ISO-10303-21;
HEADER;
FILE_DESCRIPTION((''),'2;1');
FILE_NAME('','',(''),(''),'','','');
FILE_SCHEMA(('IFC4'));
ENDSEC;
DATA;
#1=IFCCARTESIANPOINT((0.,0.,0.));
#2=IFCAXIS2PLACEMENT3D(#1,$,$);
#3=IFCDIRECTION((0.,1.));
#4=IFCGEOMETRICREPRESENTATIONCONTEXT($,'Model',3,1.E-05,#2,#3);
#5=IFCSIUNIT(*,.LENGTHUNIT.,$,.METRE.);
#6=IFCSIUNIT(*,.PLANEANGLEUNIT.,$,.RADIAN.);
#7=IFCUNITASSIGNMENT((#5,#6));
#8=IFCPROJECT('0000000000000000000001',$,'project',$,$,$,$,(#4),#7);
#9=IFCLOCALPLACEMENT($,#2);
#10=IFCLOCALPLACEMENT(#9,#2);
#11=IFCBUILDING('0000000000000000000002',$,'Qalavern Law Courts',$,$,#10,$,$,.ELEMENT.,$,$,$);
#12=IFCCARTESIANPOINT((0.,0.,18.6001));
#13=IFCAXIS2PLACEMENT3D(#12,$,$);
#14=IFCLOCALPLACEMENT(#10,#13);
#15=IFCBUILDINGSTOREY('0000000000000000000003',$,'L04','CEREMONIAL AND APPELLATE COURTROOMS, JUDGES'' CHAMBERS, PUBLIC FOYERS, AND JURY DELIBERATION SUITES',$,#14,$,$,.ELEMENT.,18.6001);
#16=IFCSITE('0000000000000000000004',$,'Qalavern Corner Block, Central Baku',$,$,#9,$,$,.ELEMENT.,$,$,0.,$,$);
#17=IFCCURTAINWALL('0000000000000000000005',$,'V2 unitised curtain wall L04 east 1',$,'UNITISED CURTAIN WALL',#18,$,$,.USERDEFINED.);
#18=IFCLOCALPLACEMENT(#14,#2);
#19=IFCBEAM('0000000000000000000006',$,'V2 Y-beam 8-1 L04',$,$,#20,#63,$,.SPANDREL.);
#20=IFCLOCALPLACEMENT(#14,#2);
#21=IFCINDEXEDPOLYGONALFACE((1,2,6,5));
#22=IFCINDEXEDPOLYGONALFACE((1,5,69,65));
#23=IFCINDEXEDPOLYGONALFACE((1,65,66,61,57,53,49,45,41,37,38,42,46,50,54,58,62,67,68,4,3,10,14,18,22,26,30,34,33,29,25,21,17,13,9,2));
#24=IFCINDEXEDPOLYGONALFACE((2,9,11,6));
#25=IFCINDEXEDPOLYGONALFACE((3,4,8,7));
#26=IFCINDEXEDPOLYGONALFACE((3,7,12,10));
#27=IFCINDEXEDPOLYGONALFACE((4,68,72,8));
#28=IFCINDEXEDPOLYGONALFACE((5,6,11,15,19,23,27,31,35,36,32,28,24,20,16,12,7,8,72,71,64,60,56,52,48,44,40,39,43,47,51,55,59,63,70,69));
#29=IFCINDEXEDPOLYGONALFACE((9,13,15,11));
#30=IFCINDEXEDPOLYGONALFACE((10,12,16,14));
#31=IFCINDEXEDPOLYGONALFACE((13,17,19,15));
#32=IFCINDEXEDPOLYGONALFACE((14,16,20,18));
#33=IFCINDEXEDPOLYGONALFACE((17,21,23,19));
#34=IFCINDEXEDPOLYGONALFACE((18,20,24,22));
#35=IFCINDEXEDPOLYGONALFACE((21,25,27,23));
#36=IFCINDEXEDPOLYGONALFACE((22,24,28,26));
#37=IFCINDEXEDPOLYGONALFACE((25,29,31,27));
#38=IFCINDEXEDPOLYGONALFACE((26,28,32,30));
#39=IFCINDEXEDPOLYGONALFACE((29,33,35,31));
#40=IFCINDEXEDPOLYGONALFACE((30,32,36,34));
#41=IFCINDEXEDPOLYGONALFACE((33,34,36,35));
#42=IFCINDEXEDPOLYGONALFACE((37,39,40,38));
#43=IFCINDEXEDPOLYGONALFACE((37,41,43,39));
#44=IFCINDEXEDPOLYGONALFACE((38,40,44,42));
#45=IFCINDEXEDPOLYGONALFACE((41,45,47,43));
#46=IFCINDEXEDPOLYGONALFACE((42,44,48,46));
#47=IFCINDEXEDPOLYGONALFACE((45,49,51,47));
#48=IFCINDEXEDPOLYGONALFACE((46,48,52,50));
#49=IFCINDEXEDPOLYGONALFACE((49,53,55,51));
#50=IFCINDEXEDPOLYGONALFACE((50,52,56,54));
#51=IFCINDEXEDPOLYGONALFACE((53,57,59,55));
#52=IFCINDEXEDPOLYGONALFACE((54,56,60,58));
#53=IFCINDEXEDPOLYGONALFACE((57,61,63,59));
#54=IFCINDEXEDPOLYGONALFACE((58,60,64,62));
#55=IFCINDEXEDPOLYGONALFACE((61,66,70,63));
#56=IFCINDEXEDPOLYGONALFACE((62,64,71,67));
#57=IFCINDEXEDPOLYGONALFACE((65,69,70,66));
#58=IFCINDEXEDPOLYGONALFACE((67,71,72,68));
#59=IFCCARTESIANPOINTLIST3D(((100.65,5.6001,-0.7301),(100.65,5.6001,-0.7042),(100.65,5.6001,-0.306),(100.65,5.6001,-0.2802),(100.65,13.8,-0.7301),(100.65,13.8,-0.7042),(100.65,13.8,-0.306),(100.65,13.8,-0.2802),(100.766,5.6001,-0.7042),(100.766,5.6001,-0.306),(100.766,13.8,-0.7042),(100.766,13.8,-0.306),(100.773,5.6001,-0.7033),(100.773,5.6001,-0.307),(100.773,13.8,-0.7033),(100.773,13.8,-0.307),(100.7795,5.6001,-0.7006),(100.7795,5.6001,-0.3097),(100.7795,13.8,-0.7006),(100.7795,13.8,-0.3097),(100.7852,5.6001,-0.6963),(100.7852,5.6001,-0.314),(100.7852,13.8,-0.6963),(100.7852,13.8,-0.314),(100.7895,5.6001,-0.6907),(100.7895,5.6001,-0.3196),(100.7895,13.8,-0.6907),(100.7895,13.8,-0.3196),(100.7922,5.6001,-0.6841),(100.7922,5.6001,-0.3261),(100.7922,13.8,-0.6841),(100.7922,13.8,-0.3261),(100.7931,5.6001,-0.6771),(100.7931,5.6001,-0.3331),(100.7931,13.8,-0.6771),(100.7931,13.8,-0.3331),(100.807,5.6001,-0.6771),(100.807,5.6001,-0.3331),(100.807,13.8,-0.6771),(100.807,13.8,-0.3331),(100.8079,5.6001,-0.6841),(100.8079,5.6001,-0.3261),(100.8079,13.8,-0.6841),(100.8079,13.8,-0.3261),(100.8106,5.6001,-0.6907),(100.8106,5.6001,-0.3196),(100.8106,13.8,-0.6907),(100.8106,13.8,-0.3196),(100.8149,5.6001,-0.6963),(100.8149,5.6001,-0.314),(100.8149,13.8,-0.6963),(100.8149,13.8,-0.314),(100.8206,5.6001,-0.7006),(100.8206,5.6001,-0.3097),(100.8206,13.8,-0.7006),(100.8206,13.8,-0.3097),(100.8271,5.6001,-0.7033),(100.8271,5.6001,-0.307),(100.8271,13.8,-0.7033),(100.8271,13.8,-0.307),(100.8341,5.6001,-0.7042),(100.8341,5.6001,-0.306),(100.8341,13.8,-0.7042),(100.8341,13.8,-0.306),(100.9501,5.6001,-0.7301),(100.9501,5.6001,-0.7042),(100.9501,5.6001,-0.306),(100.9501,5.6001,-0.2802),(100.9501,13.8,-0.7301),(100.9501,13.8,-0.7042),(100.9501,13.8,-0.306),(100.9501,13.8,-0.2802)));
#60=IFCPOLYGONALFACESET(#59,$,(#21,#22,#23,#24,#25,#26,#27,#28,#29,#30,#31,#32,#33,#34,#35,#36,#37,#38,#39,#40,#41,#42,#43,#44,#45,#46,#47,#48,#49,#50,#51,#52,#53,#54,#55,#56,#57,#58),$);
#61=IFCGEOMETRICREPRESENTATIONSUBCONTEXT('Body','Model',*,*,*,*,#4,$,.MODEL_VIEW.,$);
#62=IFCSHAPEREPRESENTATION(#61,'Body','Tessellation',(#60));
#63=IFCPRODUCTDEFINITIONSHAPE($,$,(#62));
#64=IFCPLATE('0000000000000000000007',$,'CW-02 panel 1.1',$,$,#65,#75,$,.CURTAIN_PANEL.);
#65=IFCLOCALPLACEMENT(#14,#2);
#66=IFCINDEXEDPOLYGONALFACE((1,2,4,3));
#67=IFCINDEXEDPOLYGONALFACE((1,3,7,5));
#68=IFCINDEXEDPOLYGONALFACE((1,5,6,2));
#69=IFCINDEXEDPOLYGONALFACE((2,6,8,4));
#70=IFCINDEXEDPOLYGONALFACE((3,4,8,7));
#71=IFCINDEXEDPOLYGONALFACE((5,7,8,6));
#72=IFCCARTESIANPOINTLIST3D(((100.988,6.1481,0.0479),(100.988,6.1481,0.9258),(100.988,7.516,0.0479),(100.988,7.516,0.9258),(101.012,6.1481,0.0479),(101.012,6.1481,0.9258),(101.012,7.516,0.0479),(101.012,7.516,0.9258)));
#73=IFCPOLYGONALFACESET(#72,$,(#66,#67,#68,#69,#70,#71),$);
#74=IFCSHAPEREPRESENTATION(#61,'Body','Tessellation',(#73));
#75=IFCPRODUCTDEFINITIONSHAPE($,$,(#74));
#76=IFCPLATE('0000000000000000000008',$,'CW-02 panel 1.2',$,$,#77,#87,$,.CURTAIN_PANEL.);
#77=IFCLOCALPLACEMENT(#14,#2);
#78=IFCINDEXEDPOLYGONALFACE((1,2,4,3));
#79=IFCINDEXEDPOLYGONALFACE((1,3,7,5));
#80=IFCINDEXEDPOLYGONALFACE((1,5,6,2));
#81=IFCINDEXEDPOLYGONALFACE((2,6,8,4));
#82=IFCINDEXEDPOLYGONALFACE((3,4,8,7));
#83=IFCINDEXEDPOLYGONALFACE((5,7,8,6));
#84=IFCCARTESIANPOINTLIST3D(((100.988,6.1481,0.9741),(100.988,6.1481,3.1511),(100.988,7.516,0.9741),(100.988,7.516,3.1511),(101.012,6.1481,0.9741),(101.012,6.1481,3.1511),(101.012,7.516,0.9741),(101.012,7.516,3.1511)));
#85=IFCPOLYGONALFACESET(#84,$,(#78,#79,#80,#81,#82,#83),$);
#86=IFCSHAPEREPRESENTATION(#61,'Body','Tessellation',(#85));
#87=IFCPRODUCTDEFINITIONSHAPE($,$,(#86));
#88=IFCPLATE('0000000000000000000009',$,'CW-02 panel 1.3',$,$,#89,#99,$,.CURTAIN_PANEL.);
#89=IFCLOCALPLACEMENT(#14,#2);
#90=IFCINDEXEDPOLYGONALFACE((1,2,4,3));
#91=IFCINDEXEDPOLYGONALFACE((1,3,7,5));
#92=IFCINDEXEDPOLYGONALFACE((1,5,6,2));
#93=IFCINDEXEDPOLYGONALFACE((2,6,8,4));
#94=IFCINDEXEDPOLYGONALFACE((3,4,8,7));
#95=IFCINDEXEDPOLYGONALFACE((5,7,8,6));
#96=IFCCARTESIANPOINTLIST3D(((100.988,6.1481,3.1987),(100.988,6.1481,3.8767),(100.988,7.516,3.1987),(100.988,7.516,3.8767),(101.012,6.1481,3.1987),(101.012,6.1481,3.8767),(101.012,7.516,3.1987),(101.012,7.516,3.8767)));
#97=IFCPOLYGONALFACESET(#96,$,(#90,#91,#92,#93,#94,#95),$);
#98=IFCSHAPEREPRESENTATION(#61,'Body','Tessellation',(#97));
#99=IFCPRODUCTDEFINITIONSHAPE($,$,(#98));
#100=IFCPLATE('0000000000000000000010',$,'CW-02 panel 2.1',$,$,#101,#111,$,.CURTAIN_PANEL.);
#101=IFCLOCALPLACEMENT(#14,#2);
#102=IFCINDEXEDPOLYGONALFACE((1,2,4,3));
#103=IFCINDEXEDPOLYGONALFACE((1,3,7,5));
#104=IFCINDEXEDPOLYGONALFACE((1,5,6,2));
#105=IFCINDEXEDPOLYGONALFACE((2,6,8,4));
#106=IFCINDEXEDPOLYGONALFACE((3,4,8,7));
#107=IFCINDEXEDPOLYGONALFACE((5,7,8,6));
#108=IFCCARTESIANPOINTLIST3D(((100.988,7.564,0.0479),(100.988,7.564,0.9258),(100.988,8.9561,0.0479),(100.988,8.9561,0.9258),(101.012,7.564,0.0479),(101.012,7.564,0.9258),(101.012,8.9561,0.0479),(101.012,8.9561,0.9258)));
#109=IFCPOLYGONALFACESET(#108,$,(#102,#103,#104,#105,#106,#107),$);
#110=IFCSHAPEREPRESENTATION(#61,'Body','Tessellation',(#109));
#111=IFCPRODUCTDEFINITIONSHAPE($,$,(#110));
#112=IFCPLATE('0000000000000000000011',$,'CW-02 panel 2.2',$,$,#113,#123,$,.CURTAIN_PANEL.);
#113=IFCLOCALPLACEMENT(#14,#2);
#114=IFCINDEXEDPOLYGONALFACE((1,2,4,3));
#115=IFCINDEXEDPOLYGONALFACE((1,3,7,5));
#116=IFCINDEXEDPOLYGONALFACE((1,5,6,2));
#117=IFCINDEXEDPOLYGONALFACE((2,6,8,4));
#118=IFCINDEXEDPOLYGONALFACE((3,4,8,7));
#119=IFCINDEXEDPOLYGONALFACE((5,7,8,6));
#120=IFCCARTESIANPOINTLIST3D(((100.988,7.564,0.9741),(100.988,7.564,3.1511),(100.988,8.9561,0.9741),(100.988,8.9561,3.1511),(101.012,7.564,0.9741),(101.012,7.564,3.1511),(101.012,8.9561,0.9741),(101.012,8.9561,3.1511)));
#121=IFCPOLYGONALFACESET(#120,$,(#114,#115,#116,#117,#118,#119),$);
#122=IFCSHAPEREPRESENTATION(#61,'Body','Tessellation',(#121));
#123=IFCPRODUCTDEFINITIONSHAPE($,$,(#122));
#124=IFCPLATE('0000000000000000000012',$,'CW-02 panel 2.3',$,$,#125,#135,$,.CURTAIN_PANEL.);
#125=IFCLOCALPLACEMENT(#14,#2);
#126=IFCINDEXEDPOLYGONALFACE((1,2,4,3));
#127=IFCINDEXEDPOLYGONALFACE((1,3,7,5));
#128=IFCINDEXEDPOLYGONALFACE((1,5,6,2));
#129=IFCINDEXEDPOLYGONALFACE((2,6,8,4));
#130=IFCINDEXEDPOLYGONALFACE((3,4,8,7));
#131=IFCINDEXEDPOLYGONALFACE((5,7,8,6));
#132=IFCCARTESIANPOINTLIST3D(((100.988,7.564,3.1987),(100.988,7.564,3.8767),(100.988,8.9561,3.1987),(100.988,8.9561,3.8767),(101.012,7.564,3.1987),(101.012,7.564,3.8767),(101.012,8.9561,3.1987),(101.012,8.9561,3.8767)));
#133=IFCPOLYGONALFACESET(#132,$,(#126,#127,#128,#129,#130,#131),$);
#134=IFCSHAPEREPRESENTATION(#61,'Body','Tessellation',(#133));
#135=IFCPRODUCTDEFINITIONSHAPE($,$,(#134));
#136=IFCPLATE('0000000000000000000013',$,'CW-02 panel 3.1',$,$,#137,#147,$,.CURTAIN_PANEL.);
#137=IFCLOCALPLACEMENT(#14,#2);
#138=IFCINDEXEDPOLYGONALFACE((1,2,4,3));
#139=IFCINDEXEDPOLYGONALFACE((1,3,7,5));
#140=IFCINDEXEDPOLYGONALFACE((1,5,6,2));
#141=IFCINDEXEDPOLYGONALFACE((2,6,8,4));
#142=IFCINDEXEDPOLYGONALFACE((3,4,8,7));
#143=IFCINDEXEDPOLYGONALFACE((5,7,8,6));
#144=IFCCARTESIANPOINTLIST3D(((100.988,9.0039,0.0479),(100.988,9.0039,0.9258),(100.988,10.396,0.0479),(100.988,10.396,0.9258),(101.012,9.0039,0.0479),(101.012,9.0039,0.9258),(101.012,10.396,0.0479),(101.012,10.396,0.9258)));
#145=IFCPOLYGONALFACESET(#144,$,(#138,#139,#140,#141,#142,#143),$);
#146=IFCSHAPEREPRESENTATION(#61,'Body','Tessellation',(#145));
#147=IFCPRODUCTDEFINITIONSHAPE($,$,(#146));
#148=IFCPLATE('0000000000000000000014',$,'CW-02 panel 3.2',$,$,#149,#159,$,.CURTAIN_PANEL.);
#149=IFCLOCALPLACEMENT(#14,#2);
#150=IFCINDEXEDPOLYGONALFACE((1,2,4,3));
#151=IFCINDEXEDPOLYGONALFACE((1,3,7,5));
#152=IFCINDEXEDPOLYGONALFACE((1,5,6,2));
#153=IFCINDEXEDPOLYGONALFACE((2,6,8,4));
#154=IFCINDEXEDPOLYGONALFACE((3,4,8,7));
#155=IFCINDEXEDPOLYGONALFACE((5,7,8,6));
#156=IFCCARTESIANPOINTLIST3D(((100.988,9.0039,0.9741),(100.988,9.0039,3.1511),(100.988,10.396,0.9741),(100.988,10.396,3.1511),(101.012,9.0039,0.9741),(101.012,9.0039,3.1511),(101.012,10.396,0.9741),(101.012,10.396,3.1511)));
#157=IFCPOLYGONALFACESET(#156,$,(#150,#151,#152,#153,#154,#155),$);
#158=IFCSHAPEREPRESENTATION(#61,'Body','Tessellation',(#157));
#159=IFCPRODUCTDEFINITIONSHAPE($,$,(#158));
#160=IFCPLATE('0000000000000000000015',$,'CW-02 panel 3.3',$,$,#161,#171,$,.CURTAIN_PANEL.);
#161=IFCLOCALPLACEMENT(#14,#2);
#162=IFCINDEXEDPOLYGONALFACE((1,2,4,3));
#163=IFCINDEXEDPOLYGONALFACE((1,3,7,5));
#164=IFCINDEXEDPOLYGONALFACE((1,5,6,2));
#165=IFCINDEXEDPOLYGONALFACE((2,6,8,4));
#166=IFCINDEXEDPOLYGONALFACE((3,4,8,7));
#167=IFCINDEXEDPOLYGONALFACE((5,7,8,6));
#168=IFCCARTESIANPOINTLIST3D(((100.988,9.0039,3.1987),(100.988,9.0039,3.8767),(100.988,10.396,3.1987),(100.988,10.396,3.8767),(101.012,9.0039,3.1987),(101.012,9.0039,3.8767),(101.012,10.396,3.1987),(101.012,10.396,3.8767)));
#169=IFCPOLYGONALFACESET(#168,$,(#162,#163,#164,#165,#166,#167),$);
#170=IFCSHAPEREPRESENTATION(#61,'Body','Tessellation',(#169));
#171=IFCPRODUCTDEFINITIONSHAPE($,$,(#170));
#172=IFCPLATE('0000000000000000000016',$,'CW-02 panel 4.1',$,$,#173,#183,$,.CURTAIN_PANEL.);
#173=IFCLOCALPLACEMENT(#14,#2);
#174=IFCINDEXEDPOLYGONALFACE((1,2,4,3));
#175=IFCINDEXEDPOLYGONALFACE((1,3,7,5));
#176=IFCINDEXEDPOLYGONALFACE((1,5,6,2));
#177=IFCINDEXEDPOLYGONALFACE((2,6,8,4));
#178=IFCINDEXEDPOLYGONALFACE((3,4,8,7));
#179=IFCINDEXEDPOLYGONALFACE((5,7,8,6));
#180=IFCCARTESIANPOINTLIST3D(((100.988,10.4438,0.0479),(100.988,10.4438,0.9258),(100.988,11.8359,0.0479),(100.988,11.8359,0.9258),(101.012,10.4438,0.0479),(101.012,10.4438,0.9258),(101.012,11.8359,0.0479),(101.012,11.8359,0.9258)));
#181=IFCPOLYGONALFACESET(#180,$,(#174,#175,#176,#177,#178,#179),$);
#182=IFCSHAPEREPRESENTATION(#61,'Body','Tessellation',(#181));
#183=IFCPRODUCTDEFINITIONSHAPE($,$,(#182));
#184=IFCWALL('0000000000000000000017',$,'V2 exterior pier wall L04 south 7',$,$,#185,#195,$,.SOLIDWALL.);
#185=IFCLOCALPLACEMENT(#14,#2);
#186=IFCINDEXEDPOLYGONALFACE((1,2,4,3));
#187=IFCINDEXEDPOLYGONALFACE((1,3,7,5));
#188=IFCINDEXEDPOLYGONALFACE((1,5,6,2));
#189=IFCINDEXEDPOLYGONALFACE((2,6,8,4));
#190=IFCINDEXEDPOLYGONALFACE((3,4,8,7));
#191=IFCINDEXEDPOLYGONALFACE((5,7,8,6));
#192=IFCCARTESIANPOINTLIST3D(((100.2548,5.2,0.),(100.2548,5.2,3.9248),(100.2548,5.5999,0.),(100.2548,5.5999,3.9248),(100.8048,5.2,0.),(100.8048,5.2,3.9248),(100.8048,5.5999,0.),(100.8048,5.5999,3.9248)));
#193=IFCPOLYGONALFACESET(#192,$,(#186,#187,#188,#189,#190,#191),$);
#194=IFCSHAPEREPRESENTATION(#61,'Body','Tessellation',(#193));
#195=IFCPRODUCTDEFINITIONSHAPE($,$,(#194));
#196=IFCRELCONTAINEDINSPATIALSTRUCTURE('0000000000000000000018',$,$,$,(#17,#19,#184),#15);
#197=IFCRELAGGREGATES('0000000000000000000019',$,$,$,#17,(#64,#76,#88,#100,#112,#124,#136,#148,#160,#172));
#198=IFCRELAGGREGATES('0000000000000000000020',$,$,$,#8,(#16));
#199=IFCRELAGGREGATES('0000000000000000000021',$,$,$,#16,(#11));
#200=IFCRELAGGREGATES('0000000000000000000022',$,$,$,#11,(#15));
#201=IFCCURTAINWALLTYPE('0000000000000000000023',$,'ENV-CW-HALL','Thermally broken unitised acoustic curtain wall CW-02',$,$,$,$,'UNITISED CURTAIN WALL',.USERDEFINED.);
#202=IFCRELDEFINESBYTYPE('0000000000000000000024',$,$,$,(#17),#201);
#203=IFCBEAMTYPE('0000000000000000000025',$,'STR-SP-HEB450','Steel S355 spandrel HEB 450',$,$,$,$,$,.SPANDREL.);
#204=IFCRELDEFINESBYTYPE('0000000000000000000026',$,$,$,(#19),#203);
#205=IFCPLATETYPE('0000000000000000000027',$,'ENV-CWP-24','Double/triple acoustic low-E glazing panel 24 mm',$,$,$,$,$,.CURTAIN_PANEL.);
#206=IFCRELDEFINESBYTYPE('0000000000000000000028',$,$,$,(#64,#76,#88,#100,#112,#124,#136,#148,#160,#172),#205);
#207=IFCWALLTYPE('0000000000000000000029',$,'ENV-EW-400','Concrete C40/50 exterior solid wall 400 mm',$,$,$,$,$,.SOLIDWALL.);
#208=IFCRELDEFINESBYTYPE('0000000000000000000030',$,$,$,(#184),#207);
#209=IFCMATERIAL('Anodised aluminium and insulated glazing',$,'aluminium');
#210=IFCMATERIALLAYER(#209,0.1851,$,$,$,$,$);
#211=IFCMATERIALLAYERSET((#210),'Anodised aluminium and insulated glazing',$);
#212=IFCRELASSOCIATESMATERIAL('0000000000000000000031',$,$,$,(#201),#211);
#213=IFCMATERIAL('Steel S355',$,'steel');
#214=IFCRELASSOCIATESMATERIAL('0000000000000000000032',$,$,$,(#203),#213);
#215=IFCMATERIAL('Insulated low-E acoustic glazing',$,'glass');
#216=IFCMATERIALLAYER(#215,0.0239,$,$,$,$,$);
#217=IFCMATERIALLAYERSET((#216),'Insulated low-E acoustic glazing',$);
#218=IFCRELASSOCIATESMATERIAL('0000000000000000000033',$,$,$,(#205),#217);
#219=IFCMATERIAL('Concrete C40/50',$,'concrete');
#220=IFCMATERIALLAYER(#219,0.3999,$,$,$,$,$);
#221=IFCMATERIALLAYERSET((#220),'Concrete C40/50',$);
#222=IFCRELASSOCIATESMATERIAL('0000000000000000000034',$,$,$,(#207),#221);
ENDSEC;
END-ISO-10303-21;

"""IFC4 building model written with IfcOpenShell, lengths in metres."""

from ifc_helpers import new_model, si_unit, direction, frame, frame_2d, origin, origin_2d, place, context, subcontext, project, spatial, rectangle, i_section, extrude, material, layer, layer_set, material_profile, profile_set, type_object, element, aggregate, save


model = new_model("IFC4")

# Units and contexts
model_context = context("Model", 3, precision=1e-05, world=origin(), true_north=direction((0.0, 1.0)))
body_context = subcontext(model_context, "Body", "Model", "MODEL_VIEW")
ifc_project = project(units=[si_unit("LENGTHUNIT", "METRE"), si_unit("PLANEANGLEUNIT", "RADIAN")], contexts=[model_context])

# Site, building, storey
site_placement = place(None, origin())
site = spatial("IfcSite", under=ifc_project, at=site_placement, Name="Qalavern Corner Block, Central Baku", CompositionType="ELEMENT", RefElevation=0.0)
building_placement = place(site_placement, origin())
building = spatial("IfcBuilding", under=site, at=building_placement, Name="Qalavern Law Courts", CompositionType="ELEMENT")
storey_placement = place(building_placement, frame((0.0, 0.0, 18.6001)))
storey = spatial("IfcBuildingStorey", under=building, at=storey_placement, Name="L04", Description="CEREMONIAL AND APPELLATE COURTROOMS, JUDGES' CHAMBERS, PUBLIC FOYERS, AND JURY DELIBERATION SUITES", CompositionType="ELEMENT", Elevation=18.6001)

# Curtain wall
ifc_material_1 = material(Name="Anodised aluminium and insulated glazing", Category="aluminium")
ifc_layer_1 = layer(ifc_material_1, 0.1851)
ifc_layer_set_1 = layer_set([ifc_layer_1], Name="Anodised aluminium and insulated glazing")
curtain_wall_type = type_object("IfcCurtainWallType", Name="ENV-CW-HALL", Description="Thermally broken unitised acoustic curtain wall CW-02", ElementType="UNITISED CURTAIN WALL", PredefinedType="USERDEFINED", material=ifc_layer_set_1)
curtain_wall_placement = place(storey_placement, origin())
curtain_wall = element("IfcCurtainWall", 1, at=curtain_wall_placement, inside=storey, type_object=curtain_wall_type, Name="V2 unitised curtain wall L04 east 1", ObjectType="UNITISED CURTAIN WALL", PredefinedType="USERDEFINED")

# Beam
ifc_material_2 = material(Name="Steel S355", Category="steel")
ifc_material_profile_1 = material_profile(ifc_material_2, i_section(OverallWidth=0.3, OverallDepth=0.45, WebThickness=0.0139, FlangeThickness=0.0259, FilletRadius=0.0271, at=origin_2d()), Name="HEB 450")
ifc_profile_set_1 = profile_set([ifc_material_profile_1], Name="Steel S355")
beam_type = type_object("IfcBeamType", Name="STR-SP-HEB450", Description="Steel S355 spandrel HEB 450", PredefinedType="SPANDREL", material=ifc_profile_set_1)
beam_placement = place(storey_placement, frame((100.8, 5.6001, -0.5051), z_axis=(0.0, 1.0, 0.0), x_axis=(-1.0, 0.0, 0.0)))
element("IfcBeam", 2, at=beam_placement, inside=storey, type_object=beam_type, Name="V2 Y-beam 8-1 L04", PredefinedType="SPANDREL", context=body_context, shape_type="SweptSolid", body=[
    extrude(i_section(OverallWidth=0.3, OverallDepth=0.45, WebThickness=0.0139, FlangeThickness=0.0259, FilletRadius=0.0271, at=origin_2d()), origin(), (0.0, 0.0, 1.0), 8.2),
])

# Plates
ifc_material_3 = material(Name="Insulated low-E acoustic glazing", Category="glass")
ifc_layer_2 = layer(ifc_material_3, 0.0239)
ifc_layer_set_2 = layer_set([ifc_layer_2], Name="Insulated low-E acoustic glazing")
plate_type = type_object("IfcPlateType", Name="ENV-CWP-24", Description="Double/triple acoustic low-E glazing panel 24 mm", PredefinedType="CURTAIN_PANEL", material=ifc_layer_set_2)
plate_1_placement = place(storey_placement, frame((101.0, 6.832, 0.0479), z_axis=(0.0, 0.0, 1.0), x_axis=(0.0, 1.0, 0.0)))
plate_1 = element("IfcPlate", 3, at=plate_1_placement, type_object=plate_type, Name="CW-02 panel 1.1", PredefinedType="CURTAIN_PANEL", context=body_context, shape_type="SweptSolid", body=[
    extrude(rectangle(XDim=1.3679, YDim=0.0239, at=origin_2d()), origin(), (0.0, 0.0, 1.0), 0.8779),
])
plate_2_placement = place(storey_placement, frame((101.0, 6.832, 0.9741), z_axis=(0.0, 0.0, 1.0), x_axis=(0.0, 1.0, 0.0)))
plate_2 = element("IfcPlate", 4, at=plate_2_placement, type_object=plate_type, Name="CW-02 panel 1.2", PredefinedType="CURTAIN_PANEL", context=body_context, shape_type="SweptSolid", body=[
    extrude(rectangle(XDim=1.3679, YDim=0.0239, at=origin_2d()), origin(), (0.0, 0.0, 1.0), 2.177),
])
plate_3_placement = place(storey_placement, frame((101.0, 6.832, 3.1987), z_axis=(0.0, 0.0, 1.0), x_axis=(0.0, 1.0, 0.0)))
plate_3 = element("IfcPlate", 5, at=plate_3_placement, type_object=plate_type, Name="CW-02 panel 1.3", PredefinedType="CURTAIN_PANEL", context=body_context, shape_type="SweptSolid", body=[
    extrude(rectangle(XDim=1.3679, YDim=0.0239, at=origin_2d()), origin(), (0.0, 0.0, 1.0), 0.678),
])
plate_4_placement = place(storey_placement, frame((101.0, 8.26, 0.0479), z_axis=(0.0, 0.0, 1.0), x_axis=(0.0, 1.0, 0.0)))
plate_4 = element("IfcPlate", 6, at=plate_4_placement, type_object=plate_type, Name="CW-02 panel 2.1", PredefinedType="CURTAIN_PANEL", context=body_context, shape_type="SweptSolid", body=[
    extrude(rectangle(XDim=1.3921, YDim=0.0239, at=origin_2d()), origin(), (0.0, 0.0, 1.0), 0.8779),
])
plate_5_placement = place(storey_placement, frame((101.0, 8.26, 0.9741), z_axis=(0.0, 0.0, 1.0), x_axis=(0.0, 1.0, 0.0)))
plate_5 = element("IfcPlate", 7, at=plate_5_placement, type_object=plate_type, Name="CW-02 panel 2.2", PredefinedType="CURTAIN_PANEL", context=body_context, shape_type="SweptSolid", body=[
    extrude(rectangle(XDim=1.3921, YDim=0.0239, at=origin_2d()), origin(), (0.0, 0.0, 1.0), 2.177),
])
plate_6_placement = place(storey_placement, frame((101.0, 8.26, 3.1987), z_axis=(0.0, 0.0, 1.0), x_axis=(0.0, 1.0, 0.0)))
plate_6 = element("IfcPlate", 8, at=plate_6_placement, type_object=plate_type, Name="CW-02 panel 2.3", PredefinedType="CURTAIN_PANEL", context=body_context, shape_type="SweptSolid", body=[
    extrude(rectangle(XDim=1.3921, YDim=0.0239, at=origin_2d()), origin(), (0.0, 0.0, 1.0), 0.678),
])
plate_7_placement = place(storey_placement, frame((101.0, 9.7, 0.0479), z_axis=(0.0, 0.0, 1.0), x_axis=(0.0, 1.0, 0.0)))
plate_7 = element("IfcPlate", 9, at=plate_7_placement, type_object=plate_type, Name="CW-02 panel 3.1", PredefinedType="CURTAIN_PANEL", context=body_context, shape_type="SweptSolid", body=[
    extrude(rectangle(XDim=1.3921, YDim=0.0239, at=origin_2d()), origin(), (0.0, 0.0, 1.0), 0.8779),
])
plate_8_placement = place(storey_placement, frame((101.0, 9.7, 0.9741), z_axis=(0.0, 0.0, 1.0), x_axis=(0.0, 1.0, 0.0)))
plate_8 = element("IfcPlate", 10, at=plate_8_placement, type_object=plate_type, Name="CW-02 panel 3.2", PredefinedType="CURTAIN_PANEL", context=body_context, shape_type="SweptSolid", body=[
    extrude(rectangle(XDim=1.3921, YDim=0.0239, at=origin_2d()), origin(), (0.0, 0.0, 1.0), 2.177),
])
plate_9_placement = place(storey_placement, frame((101.0, 9.7, 3.1987), z_axis=(0.0, 0.0, 1.0), x_axis=(0.0, 1.0, 0.0)))
plate_9 = element("IfcPlate", 11, at=plate_9_placement, type_object=plate_type, Name="CW-02 panel 3.3", PredefinedType="CURTAIN_PANEL", context=body_context, shape_type="SweptSolid", body=[
    extrude(rectangle(XDim=1.3921, YDim=0.0239, at=origin_2d()), origin(), (0.0, 0.0, 1.0), 0.678),
])
plate_10_placement = place(storey_placement, frame((101.0, 11.1399, 0.0479), z_axis=(0.0, 0.0, 1.0), x_axis=(0.0, 1.0, 0.0)))
plate_10 = element("IfcPlate", 12, at=plate_10_placement, type_object=plate_type, Name="CW-02 panel 4.1", PredefinedType="CURTAIN_PANEL", context=body_context, shape_type="SweptSolid", body=[
    extrude(rectangle(XDim=1.3921, YDim=0.0239, at=origin_2d()), origin(), (0.0, 0.0, 1.0), 0.8779),
])
aggregate(curtain_wall, [plate_1, plate_2, plate_3, plate_4, plate_5, plate_6, plate_7, plate_8, plate_9, plate_10])

# Wall
ifc_material_4 = material(Name="Concrete C40/50", Category="concrete")
ifc_layer_3 = layer(ifc_material_4, 0.3999)
ifc_layer_set_3 = layer_set([ifc_layer_3], Name="Concrete C40/50")
wall_type = type_object("IfcWallType", Name="ENV-EW-400", Description="Concrete C40/50 exterior solid wall 400 mm", PredefinedType="SOLIDWALL", material=ifc_layer_set_3)
wall_1_placement = place(storey_placement, frame((100.2549, 5.3999, 0.0), z_axis=(0.0, 0.0, 1.0), x_axis=(1.0, 0.0, 0.0)))
element("IfcWall", 13, at=wall_1_placement, inside=storey, type_object=wall_type, Name="V2 exterior pier wall L04 south 7", PredefinedType="SOLIDWALL", context=body_context, shape_type="SweptSolid", body=[
    extrude(rectangle(XDim=0.55, YDim=0.3999, at=frame_2d((0.2749, 0.0))), origin(), (0.0, 0.0, 1.0), 3.9248),
])

save(model, "model.ifc")
